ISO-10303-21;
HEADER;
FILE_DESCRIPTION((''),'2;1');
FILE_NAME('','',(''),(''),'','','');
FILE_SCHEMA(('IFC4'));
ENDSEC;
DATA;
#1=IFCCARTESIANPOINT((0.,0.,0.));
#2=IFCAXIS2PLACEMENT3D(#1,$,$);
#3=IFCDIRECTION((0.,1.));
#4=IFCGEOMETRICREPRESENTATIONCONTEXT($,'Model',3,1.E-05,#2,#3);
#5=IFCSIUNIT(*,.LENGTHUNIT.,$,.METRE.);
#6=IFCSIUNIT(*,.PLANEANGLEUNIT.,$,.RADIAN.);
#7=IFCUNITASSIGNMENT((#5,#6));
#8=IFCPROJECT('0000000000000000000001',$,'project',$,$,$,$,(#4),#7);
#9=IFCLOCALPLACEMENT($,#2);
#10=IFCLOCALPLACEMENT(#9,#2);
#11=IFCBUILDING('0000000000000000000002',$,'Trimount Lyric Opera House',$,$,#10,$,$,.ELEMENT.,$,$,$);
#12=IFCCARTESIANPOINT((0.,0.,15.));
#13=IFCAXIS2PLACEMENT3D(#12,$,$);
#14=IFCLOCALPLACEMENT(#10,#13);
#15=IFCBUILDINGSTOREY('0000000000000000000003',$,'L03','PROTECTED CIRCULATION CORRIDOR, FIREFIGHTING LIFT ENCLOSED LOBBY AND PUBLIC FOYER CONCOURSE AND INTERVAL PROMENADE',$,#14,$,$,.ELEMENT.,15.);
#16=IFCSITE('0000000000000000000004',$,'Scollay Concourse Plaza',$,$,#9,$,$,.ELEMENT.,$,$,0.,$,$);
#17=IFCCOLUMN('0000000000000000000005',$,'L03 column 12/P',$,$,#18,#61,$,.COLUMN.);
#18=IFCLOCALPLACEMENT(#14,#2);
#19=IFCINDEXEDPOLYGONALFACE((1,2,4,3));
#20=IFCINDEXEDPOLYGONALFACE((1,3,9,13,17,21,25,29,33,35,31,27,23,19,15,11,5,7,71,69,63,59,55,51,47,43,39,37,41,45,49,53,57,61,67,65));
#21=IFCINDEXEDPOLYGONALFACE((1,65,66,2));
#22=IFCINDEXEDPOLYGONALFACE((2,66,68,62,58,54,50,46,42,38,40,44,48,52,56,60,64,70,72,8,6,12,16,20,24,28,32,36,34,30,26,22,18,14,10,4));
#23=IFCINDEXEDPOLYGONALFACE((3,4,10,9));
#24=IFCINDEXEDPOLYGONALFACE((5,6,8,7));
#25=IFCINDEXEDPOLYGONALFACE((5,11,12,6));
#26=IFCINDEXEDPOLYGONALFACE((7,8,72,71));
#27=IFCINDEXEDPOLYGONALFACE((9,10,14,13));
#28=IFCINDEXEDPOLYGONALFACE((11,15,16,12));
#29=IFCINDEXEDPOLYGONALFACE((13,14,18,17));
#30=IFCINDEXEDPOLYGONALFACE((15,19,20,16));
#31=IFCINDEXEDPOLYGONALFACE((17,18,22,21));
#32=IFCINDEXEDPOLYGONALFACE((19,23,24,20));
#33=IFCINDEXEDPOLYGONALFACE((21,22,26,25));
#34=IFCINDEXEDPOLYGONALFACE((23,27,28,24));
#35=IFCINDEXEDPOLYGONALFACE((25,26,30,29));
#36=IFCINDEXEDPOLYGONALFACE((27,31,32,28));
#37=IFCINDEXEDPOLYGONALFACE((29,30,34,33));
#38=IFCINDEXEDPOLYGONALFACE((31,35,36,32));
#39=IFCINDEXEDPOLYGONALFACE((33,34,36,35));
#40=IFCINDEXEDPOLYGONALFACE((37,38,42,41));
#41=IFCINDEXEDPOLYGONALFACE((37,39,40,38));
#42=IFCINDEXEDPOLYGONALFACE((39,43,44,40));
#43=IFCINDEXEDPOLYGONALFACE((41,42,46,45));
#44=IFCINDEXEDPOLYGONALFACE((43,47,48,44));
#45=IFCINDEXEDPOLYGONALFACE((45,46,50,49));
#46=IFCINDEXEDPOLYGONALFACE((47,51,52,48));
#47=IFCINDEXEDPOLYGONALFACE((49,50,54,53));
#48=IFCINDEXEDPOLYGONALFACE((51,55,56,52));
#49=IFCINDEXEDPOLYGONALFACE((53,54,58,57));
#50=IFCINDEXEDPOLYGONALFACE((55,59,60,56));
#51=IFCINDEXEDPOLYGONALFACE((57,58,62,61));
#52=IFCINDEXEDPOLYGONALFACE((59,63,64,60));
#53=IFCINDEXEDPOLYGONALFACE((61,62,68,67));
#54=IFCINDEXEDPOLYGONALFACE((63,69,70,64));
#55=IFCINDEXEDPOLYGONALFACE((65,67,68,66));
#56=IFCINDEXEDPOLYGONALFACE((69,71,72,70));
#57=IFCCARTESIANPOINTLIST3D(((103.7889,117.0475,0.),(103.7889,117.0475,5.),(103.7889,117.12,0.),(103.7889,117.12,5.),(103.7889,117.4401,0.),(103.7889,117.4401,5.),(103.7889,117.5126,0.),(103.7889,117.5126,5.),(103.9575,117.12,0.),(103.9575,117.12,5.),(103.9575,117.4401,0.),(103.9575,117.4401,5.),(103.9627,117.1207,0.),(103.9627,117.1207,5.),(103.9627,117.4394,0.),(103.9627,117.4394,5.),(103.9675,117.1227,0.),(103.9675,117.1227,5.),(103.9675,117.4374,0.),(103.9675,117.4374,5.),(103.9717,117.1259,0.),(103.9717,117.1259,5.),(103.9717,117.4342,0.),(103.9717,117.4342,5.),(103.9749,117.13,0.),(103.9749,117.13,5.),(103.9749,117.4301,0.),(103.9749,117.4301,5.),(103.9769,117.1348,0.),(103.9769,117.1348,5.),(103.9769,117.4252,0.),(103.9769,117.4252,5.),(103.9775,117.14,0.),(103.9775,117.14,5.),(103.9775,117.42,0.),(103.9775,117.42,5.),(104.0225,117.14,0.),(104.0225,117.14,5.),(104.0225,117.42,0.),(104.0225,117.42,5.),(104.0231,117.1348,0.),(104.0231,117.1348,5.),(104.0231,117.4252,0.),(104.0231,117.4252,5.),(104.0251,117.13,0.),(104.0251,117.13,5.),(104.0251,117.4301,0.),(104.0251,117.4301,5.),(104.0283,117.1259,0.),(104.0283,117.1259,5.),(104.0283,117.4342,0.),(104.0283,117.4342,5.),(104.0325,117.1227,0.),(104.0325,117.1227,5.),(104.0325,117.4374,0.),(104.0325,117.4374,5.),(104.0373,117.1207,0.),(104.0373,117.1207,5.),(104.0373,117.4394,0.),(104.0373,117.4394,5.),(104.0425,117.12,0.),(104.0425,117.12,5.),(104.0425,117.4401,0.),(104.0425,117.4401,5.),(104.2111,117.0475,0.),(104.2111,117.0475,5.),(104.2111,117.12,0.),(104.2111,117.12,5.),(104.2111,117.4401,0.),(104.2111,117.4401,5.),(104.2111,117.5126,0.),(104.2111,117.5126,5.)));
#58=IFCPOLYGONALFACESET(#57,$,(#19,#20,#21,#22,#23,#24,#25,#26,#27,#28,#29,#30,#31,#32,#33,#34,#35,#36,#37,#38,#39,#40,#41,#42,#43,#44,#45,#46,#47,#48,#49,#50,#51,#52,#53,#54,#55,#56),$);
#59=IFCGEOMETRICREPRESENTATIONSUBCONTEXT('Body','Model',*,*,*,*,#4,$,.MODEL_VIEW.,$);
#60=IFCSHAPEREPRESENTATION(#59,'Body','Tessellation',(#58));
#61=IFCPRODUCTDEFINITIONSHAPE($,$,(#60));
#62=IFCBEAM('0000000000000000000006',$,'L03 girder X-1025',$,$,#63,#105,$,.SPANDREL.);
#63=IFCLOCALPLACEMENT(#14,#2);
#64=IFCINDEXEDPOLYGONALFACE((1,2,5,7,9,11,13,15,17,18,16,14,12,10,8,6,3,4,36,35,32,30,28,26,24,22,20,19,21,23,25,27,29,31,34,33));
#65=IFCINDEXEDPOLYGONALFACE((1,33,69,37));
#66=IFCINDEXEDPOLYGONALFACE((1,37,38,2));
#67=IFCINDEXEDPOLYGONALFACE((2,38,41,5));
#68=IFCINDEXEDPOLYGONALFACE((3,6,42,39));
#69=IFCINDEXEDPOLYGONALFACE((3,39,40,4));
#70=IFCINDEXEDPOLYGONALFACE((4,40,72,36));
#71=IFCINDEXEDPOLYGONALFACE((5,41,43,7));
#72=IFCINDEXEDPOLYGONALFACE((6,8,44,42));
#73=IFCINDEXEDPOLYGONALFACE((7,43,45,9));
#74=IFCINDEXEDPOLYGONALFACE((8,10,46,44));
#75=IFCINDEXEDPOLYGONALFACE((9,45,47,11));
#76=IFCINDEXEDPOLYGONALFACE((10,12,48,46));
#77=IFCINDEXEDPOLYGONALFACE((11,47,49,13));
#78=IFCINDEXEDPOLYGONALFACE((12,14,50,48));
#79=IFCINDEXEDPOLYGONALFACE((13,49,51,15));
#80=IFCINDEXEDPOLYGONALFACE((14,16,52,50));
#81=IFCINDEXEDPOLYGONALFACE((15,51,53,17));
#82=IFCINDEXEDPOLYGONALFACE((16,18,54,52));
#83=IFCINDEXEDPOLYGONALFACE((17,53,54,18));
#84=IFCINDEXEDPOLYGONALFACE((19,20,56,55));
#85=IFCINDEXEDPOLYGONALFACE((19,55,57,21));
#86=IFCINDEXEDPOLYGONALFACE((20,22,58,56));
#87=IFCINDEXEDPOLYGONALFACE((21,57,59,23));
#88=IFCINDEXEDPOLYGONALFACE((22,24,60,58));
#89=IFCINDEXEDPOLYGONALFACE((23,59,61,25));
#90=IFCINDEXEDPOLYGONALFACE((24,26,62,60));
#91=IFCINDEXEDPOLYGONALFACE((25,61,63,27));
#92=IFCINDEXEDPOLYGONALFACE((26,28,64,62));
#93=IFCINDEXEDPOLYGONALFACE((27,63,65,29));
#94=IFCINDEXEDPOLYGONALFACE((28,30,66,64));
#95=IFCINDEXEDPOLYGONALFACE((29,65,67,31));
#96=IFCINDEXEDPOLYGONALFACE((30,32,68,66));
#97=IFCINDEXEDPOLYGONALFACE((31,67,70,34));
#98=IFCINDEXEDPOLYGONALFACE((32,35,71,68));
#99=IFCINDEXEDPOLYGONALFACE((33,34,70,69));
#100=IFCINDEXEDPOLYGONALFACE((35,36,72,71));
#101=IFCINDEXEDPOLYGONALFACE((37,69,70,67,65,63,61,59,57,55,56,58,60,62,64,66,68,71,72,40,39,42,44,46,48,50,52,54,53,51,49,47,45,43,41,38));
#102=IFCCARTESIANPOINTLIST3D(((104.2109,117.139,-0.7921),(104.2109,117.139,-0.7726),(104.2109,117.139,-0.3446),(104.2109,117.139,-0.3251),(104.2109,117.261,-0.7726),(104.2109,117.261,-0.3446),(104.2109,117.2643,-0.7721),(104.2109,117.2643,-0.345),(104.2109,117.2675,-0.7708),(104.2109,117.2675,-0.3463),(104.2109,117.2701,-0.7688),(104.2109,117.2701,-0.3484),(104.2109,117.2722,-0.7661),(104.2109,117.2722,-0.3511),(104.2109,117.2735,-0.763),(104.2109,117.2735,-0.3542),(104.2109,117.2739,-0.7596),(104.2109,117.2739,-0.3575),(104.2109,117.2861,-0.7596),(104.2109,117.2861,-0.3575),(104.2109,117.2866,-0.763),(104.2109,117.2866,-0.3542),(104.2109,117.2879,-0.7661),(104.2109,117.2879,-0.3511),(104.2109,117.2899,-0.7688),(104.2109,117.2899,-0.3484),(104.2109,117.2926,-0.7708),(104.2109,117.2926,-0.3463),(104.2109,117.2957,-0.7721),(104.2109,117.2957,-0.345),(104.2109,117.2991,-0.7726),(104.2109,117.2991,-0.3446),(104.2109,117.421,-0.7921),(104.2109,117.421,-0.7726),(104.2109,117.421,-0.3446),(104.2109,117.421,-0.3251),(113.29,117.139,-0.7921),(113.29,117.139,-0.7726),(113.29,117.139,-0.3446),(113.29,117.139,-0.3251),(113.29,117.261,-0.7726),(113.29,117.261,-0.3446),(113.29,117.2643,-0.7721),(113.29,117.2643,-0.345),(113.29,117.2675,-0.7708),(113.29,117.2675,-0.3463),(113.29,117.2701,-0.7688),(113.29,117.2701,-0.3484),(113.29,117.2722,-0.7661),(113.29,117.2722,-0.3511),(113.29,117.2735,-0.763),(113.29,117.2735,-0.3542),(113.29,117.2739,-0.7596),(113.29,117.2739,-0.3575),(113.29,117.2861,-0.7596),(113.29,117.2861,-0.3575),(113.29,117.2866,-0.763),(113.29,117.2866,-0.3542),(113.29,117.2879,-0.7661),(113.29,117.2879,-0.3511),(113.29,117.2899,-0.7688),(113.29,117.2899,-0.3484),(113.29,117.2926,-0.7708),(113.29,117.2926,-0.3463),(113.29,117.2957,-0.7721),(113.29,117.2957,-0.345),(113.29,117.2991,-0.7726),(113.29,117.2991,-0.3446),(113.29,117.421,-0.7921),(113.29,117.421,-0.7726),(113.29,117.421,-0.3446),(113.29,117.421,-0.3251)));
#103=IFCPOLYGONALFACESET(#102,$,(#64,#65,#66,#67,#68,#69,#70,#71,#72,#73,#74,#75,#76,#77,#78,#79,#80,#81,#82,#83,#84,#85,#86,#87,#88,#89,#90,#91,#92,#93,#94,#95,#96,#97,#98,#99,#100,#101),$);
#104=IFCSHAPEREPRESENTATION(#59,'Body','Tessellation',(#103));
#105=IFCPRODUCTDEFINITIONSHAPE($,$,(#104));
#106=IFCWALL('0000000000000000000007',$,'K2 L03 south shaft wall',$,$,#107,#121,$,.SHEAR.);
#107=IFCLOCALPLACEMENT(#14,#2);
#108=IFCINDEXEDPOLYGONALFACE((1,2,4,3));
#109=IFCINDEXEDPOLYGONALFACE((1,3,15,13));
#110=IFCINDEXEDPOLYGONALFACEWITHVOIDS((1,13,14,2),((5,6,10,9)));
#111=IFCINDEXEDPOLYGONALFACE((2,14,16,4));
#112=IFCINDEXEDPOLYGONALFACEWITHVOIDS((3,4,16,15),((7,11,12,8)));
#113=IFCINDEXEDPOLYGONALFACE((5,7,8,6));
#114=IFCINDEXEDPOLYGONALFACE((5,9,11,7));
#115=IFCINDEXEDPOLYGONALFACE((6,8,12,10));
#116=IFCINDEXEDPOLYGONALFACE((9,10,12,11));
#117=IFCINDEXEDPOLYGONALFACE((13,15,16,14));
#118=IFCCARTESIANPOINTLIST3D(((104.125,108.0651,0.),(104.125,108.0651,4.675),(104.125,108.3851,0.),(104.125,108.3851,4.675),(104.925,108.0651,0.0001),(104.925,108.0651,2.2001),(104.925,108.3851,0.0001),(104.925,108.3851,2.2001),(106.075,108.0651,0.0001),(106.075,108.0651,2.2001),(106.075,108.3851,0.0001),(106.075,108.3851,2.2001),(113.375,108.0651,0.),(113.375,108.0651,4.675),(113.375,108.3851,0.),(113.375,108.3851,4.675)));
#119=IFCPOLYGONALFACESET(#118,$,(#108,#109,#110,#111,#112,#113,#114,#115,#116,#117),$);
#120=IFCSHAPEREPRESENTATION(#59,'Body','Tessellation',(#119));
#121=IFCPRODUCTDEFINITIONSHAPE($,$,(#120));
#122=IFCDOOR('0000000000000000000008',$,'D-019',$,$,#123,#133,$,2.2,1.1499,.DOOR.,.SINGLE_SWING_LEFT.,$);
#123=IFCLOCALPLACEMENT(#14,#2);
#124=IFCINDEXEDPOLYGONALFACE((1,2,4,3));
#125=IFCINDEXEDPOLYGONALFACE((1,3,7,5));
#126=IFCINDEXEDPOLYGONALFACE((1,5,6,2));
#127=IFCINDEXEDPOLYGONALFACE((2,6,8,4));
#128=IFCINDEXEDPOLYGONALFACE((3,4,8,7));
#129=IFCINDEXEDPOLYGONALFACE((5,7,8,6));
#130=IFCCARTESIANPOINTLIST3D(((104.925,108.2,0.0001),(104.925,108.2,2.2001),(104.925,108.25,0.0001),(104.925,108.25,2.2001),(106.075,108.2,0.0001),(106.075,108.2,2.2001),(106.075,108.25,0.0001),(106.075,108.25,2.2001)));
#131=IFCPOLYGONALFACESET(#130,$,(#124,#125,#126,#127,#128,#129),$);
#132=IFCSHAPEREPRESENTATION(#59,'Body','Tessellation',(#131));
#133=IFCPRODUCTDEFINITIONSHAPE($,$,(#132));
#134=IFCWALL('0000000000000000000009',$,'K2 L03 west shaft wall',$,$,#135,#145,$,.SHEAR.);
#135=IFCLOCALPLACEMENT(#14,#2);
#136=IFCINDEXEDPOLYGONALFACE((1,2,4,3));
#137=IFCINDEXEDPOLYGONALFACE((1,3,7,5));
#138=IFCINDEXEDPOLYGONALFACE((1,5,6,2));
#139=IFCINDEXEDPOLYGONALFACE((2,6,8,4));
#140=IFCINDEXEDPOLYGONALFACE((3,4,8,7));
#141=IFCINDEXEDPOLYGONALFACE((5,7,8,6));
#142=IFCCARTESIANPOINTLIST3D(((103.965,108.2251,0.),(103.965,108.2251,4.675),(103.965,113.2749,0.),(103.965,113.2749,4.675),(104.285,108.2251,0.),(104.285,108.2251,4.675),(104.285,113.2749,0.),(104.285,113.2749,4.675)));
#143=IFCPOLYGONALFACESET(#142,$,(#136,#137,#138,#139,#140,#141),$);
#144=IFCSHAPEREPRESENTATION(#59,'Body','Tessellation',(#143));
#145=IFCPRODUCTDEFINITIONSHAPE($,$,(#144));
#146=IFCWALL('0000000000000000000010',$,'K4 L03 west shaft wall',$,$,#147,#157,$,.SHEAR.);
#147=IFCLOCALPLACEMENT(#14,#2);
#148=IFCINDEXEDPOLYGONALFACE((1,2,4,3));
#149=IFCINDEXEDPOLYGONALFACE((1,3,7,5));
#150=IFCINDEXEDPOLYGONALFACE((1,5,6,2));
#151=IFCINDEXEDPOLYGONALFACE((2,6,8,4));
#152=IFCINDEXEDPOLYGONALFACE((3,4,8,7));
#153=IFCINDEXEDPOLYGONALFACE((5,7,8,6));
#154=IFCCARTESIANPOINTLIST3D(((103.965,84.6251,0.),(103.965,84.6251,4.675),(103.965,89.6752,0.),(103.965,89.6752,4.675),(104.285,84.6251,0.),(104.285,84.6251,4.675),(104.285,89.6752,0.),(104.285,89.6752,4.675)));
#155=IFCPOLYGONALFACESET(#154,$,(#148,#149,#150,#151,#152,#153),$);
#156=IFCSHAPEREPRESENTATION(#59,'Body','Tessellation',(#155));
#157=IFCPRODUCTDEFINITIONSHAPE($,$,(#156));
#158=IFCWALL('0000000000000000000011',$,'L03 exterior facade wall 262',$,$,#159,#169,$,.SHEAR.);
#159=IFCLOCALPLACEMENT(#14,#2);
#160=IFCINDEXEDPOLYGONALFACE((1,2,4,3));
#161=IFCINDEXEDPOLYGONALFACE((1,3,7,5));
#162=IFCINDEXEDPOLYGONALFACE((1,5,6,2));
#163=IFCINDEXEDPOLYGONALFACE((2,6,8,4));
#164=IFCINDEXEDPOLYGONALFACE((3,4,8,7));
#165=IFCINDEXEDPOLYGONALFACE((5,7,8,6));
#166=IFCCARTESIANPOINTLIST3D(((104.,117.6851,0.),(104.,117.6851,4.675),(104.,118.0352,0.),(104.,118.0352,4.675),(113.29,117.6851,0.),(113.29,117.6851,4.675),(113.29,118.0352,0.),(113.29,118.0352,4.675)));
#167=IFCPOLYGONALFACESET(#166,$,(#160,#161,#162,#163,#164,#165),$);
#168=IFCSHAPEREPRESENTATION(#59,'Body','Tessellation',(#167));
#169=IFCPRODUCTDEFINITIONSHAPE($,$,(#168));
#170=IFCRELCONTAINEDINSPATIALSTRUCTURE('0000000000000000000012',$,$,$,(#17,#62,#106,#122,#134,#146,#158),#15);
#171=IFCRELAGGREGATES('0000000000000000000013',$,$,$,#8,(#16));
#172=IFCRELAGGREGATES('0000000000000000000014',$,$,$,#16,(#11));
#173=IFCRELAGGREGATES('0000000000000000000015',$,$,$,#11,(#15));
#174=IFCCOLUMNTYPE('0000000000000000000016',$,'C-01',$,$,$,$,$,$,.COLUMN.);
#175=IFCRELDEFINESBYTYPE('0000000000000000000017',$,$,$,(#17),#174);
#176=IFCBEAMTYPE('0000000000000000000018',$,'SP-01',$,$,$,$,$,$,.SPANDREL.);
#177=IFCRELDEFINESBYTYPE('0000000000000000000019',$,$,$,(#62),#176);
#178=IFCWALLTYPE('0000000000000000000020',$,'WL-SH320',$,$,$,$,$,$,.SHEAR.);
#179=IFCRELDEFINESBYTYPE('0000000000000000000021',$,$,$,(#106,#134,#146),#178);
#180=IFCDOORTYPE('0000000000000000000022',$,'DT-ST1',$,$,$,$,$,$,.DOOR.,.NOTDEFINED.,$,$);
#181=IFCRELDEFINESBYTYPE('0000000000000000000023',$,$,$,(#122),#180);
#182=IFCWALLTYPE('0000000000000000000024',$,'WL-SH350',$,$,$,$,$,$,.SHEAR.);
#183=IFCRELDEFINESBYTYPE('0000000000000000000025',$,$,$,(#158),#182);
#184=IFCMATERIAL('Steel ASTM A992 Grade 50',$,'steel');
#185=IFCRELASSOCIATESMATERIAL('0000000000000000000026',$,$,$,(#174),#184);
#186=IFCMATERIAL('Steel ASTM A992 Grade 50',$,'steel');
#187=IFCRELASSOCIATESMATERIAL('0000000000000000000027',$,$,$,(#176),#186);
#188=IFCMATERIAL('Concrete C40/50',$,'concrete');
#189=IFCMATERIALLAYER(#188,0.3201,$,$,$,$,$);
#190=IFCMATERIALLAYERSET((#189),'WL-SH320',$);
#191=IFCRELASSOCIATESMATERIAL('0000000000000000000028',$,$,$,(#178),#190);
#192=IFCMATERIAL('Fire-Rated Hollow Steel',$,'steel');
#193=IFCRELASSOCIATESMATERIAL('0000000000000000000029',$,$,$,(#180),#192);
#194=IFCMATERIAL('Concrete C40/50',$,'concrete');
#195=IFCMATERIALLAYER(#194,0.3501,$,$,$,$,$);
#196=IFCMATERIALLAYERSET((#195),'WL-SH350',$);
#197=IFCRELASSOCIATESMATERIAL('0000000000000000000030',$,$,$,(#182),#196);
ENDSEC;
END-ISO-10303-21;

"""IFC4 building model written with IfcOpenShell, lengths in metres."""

from ifc_helpers import new_model, si_unit, direction, frame, frame_2d, origin, origin_2d, place, context, subcontext, project, spatial, rectangle, i_section, extrude, material, layer, layer_set, material_profile, profile_set, type_object, element, fill, save


model = new_model("IFC4")

# Units and contexts
model_context = context("Model", 3, precision=1e-05, world=origin(), true_north=direction((0.0, 1.0)))
body_context = subcontext(model_context, "Body", "Model", "MODEL_VIEW")
ifc_project = project(units=[si_unit("LENGTHUNIT", "METRE"), si_unit("PLANEANGLEUNIT", "RADIAN")], contexts=[model_context])

# Site, building, storey
site_placement = place(None, origin())
site = spatial("IfcSite", under=ifc_project, at=site_placement, Name="Scollay Concourse Plaza", CompositionType="ELEMENT", RefElevation=0.0)
building_placement = place(site_placement, origin())
building = spatial("IfcBuilding", under=site, at=building_placement, Name="Trimount Lyric Opera House", CompositionType="ELEMENT")
storey_placement = place(building_placement, frame((0.0, 0.0, 15.0)))
storey = spatial("IfcBuildingStorey", under=building, at=storey_placement, Name="L03", Description="PROTECTED CIRCULATION CORRIDOR, FIREFIGHTING LIFT ENCLOSED LOBBY AND PUBLIC FOYER CONCOURSE AND INTERVAL PROMENADE", CompositionType="ELEMENT", Elevation=15.0)

# Column
ifc_material_1 = material(Name="Steel ASTM A992 Grade 50", Category="steel")
ifc_material_profile_1 = material_profile(ifc_material_1, i_section(OverallWidth=0.4221, OverallDepth=0.4651, WebThickness=0.0449, FlangeThickness=0.0725, FilletRadius=0.02, at=origin_2d()), Name="W14X398")
ifc_profile_set_1 = profile_set([ifc_material_profile_1], Name="Steel ASTM A992 Grade 50")
column_type = type_object("IfcColumnType", Name="C-01", PredefinedType="COLUMN", material=ifc_profile_set_1)
column_placement = place(storey_placement, frame((104.0, 117.28, 0.0), z_axis=(0.0, 0.0, 1.0), x_axis=(1.0, 0.0, 0.0)))
element("IfcColumn", 1, at=column_placement, inside=storey, type_object=column_type, Name="L03 column 12/P", PredefinedType="COLUMN", context=body_context, shape_type="SweptSolid", body=[
    extrude(i_section(OverallWidth=0.4221, OverallDepth=0.4651, WebThickness=0.0449, FlangeThickness=0.0725, FilletRadius=0.02, at=origin_2d()), origin(), (0.0, 0.0, 1.0), 5.0),
])

# Beam
ifc_material_2 = material(Name="Steel ASTM A992 Grade 50", Category="steel")
ifc_material_profile_2 = material_profile(ifc_material_2, i_section(OverallWidth=0.282, OverallDepth=0.467, WebThickness=0.0122, FlangeThickness=0.0195, FilletRadius=0.0129, at=origin_2d()), Name="W18X86")
ifc_profile_set_2 = profile_set([ifc_material_profile_2], Name="Steel ASTM A992 Grade 50")
beam_type = type_object("IfcBeamType", Name="SP-01", PredefinedType="SPANDREL", material=ifc_profile_set_2)
beam_placement = place(storey_placement, frame((104.2109, 117.28, -0.5586), z_axis=(1.0, 0.0, 0.0), x_axis=(0.0, 1.0, 0.0)))
element("IfcBeam", 2, at=beam_placement, inside=storey, type_object=beam_type, Name="L03 girder X-1025", PredefinedType="SPANDREL", context=body_context, shape_type="SweptSolid", body=[
    extrude(i_section(OverallWidth=0.282, OverallDepth=0.467, WebThickness=0.0122, FlangeThickness=0.0195, FilletRadius=0.0129, at=origin_2d()), origin(), (0.0, 0.0, 1.0), 9.0791),
])

# Wall, opening, door
ifc_material_3 = material(Name="Concrete C40/50", Category="concrete")
ifc_layer_1 = layer(ifc_material_3, 0.3201)
ifc_layer_set_1 = layer_set([ifc_layer_1], Name="WL-SH320")
wall_type_1 = type_object("IfcWallType", Name="WL-SH320", PredefinedType="SHEAR", material=ifc_layer_set_1)
wall_1_placement = place(storey_placement, frame((104.125, 108.2251, 0.0), z_axis=(0.0, 0.0, 1.0), x_axis=(1.0, 0.0, 0.0)))
wall_1 = element("IfcWall", 3, at=wall_1_placement, inside=storey, type_object=wall_type_1, Name="K2 L03 south shaft wall", PredefinedType="SHEAR", context=body_context, shape_type="SweptSolid", body=[
    extrude(rectangle(XDim=9.25, YDim=0.3201, at=frame_2d((4.625, 0.0))), origin(), (0.0, 0.0, 1.0), 4.675),
])
opening_placement = place(wall_1_placement, frame((0.8, 0.0, 0.0)))
opening = element("IfcOpeningElement", 4, at=opening_placement, cuts=wall_1, PredefinedType="OPENING", context=body_context, shape_type="SweptSolid", body=[
    extrude(rectangle(XDim=1.1499, YDim=2.2, at=frame_2d((0.575, 1.1001))), frame((0.0, 0.1699, 0.0), z_axis=(0.0, -1.0, 0.0), x_axis=(1.0, 0.0, 0.0)), (0.0, 0.0, 1.0), 0.3401),
])
ifc_material_4 = material(Name="Fire-Rated Hollow Steel", Category="steel")
door_type = type_object("IfcDoorType", Name="DT-ST1", OperationType="NOTDEFINED", PredefinedType="DOOR", material=ifc_material_4)
door_placement = place(opening_placement, origin())
door = element("IfcDoor", 5, at=door_placement, inside=storey, type_object=door_type, Name="D-019", OperationType="SINGLE_SWING_LEFT", OverallHeight=2.2, OverallWidth=1.1499, PredefinedType="DOOR", context=body_context, shape_type="SweptSolid", body=[
    extrude(rectangle(XDim=1.1499, YDim=2.2, at=frame_2d((0.575, 1.1001))), frame((0.0, 0.0249, 0.0), z_axis=(0.0, -1.0, 0.0), x_axis=(1.0, 0.0, 0.0)), (0.0, 0.0, 1.0), 0.05),
])
fill(opening, door)

# Walls
wall_2_placement = place(storey_placement, frame((104.125, 113.2749, 0.0), z_axis=(0.0, 0.0, 1.0), x_axis=(0.0, -1.0, 0.0)))
element("IfcWall", 6, at=wall_2_placement, inside=storey, type_object=wall_type_1, Name="K2 L03 west shaft wall", PredefinedType="SHEAR", context=body_context, shape_type="SweptSolid", body=[
    extrude(rectangle(XDim=5.0498, YDim=0.3201, at=frame_2d((2.5249, 0.0))), origin(), (0.0, 0.0, 1.0), 4.675),
])
wall_3_placement = place(storey_placement, frame((104.125, 89.675, 0.0), z_axis=(0.0, 0.0, 1.0), x_axis=(0.0, -1.0, 0.0)))
element("IfcWall", 7, at=wall_3_placement, inside=storey, type_object=wall_type_1, Name="K4 L03 west shaft wall", PredefinedType="SHEAR", context=body_context, shape_type="SweptSolid", body=[
    extrude(rectangle(XDim=5.05, YDim=0.3201, at=frame_2d((2.5249, 0.0))), origin(), (0.0, 0.0, 1.0), 4.675),
])
ifc_material_5 = material(Name="Concrete C40/50", Category="concrete")
ifc_layer_2 = layer(ifc_material_5, 0.3501)
ifc_layer_set_2 = layer_set([ifc_layer_2], Name="WL-SH350")
wall_type_2 = type_object("IfcWallType", Name="WL-SH350", PredefinedType="SHEAR", material=ifc_layer_set_2)
wall_4_placement = place(storey_placement, frame((104.0, 117.8601, 0.0), z_axis=(0.0, 0.0, 1.0), x_axis=(1.0, 0.0, 0.0)))
element("IfcWall", 8, at=wall_4_placement, inside=storey, type_object=wall_type_2, Name="L03 exterior facade wall 262", PredefinedType="SHEAR", context=body_context, shape_type="SweptSolid", body=[
    extrude(rectangle(XDim=9.29, YDim=0.3501, at=frame_2d((4.645, 0.0))), origin(), (0.0, 0.0, 1.0), 4.675),
])

save(model, "model.ifc")
